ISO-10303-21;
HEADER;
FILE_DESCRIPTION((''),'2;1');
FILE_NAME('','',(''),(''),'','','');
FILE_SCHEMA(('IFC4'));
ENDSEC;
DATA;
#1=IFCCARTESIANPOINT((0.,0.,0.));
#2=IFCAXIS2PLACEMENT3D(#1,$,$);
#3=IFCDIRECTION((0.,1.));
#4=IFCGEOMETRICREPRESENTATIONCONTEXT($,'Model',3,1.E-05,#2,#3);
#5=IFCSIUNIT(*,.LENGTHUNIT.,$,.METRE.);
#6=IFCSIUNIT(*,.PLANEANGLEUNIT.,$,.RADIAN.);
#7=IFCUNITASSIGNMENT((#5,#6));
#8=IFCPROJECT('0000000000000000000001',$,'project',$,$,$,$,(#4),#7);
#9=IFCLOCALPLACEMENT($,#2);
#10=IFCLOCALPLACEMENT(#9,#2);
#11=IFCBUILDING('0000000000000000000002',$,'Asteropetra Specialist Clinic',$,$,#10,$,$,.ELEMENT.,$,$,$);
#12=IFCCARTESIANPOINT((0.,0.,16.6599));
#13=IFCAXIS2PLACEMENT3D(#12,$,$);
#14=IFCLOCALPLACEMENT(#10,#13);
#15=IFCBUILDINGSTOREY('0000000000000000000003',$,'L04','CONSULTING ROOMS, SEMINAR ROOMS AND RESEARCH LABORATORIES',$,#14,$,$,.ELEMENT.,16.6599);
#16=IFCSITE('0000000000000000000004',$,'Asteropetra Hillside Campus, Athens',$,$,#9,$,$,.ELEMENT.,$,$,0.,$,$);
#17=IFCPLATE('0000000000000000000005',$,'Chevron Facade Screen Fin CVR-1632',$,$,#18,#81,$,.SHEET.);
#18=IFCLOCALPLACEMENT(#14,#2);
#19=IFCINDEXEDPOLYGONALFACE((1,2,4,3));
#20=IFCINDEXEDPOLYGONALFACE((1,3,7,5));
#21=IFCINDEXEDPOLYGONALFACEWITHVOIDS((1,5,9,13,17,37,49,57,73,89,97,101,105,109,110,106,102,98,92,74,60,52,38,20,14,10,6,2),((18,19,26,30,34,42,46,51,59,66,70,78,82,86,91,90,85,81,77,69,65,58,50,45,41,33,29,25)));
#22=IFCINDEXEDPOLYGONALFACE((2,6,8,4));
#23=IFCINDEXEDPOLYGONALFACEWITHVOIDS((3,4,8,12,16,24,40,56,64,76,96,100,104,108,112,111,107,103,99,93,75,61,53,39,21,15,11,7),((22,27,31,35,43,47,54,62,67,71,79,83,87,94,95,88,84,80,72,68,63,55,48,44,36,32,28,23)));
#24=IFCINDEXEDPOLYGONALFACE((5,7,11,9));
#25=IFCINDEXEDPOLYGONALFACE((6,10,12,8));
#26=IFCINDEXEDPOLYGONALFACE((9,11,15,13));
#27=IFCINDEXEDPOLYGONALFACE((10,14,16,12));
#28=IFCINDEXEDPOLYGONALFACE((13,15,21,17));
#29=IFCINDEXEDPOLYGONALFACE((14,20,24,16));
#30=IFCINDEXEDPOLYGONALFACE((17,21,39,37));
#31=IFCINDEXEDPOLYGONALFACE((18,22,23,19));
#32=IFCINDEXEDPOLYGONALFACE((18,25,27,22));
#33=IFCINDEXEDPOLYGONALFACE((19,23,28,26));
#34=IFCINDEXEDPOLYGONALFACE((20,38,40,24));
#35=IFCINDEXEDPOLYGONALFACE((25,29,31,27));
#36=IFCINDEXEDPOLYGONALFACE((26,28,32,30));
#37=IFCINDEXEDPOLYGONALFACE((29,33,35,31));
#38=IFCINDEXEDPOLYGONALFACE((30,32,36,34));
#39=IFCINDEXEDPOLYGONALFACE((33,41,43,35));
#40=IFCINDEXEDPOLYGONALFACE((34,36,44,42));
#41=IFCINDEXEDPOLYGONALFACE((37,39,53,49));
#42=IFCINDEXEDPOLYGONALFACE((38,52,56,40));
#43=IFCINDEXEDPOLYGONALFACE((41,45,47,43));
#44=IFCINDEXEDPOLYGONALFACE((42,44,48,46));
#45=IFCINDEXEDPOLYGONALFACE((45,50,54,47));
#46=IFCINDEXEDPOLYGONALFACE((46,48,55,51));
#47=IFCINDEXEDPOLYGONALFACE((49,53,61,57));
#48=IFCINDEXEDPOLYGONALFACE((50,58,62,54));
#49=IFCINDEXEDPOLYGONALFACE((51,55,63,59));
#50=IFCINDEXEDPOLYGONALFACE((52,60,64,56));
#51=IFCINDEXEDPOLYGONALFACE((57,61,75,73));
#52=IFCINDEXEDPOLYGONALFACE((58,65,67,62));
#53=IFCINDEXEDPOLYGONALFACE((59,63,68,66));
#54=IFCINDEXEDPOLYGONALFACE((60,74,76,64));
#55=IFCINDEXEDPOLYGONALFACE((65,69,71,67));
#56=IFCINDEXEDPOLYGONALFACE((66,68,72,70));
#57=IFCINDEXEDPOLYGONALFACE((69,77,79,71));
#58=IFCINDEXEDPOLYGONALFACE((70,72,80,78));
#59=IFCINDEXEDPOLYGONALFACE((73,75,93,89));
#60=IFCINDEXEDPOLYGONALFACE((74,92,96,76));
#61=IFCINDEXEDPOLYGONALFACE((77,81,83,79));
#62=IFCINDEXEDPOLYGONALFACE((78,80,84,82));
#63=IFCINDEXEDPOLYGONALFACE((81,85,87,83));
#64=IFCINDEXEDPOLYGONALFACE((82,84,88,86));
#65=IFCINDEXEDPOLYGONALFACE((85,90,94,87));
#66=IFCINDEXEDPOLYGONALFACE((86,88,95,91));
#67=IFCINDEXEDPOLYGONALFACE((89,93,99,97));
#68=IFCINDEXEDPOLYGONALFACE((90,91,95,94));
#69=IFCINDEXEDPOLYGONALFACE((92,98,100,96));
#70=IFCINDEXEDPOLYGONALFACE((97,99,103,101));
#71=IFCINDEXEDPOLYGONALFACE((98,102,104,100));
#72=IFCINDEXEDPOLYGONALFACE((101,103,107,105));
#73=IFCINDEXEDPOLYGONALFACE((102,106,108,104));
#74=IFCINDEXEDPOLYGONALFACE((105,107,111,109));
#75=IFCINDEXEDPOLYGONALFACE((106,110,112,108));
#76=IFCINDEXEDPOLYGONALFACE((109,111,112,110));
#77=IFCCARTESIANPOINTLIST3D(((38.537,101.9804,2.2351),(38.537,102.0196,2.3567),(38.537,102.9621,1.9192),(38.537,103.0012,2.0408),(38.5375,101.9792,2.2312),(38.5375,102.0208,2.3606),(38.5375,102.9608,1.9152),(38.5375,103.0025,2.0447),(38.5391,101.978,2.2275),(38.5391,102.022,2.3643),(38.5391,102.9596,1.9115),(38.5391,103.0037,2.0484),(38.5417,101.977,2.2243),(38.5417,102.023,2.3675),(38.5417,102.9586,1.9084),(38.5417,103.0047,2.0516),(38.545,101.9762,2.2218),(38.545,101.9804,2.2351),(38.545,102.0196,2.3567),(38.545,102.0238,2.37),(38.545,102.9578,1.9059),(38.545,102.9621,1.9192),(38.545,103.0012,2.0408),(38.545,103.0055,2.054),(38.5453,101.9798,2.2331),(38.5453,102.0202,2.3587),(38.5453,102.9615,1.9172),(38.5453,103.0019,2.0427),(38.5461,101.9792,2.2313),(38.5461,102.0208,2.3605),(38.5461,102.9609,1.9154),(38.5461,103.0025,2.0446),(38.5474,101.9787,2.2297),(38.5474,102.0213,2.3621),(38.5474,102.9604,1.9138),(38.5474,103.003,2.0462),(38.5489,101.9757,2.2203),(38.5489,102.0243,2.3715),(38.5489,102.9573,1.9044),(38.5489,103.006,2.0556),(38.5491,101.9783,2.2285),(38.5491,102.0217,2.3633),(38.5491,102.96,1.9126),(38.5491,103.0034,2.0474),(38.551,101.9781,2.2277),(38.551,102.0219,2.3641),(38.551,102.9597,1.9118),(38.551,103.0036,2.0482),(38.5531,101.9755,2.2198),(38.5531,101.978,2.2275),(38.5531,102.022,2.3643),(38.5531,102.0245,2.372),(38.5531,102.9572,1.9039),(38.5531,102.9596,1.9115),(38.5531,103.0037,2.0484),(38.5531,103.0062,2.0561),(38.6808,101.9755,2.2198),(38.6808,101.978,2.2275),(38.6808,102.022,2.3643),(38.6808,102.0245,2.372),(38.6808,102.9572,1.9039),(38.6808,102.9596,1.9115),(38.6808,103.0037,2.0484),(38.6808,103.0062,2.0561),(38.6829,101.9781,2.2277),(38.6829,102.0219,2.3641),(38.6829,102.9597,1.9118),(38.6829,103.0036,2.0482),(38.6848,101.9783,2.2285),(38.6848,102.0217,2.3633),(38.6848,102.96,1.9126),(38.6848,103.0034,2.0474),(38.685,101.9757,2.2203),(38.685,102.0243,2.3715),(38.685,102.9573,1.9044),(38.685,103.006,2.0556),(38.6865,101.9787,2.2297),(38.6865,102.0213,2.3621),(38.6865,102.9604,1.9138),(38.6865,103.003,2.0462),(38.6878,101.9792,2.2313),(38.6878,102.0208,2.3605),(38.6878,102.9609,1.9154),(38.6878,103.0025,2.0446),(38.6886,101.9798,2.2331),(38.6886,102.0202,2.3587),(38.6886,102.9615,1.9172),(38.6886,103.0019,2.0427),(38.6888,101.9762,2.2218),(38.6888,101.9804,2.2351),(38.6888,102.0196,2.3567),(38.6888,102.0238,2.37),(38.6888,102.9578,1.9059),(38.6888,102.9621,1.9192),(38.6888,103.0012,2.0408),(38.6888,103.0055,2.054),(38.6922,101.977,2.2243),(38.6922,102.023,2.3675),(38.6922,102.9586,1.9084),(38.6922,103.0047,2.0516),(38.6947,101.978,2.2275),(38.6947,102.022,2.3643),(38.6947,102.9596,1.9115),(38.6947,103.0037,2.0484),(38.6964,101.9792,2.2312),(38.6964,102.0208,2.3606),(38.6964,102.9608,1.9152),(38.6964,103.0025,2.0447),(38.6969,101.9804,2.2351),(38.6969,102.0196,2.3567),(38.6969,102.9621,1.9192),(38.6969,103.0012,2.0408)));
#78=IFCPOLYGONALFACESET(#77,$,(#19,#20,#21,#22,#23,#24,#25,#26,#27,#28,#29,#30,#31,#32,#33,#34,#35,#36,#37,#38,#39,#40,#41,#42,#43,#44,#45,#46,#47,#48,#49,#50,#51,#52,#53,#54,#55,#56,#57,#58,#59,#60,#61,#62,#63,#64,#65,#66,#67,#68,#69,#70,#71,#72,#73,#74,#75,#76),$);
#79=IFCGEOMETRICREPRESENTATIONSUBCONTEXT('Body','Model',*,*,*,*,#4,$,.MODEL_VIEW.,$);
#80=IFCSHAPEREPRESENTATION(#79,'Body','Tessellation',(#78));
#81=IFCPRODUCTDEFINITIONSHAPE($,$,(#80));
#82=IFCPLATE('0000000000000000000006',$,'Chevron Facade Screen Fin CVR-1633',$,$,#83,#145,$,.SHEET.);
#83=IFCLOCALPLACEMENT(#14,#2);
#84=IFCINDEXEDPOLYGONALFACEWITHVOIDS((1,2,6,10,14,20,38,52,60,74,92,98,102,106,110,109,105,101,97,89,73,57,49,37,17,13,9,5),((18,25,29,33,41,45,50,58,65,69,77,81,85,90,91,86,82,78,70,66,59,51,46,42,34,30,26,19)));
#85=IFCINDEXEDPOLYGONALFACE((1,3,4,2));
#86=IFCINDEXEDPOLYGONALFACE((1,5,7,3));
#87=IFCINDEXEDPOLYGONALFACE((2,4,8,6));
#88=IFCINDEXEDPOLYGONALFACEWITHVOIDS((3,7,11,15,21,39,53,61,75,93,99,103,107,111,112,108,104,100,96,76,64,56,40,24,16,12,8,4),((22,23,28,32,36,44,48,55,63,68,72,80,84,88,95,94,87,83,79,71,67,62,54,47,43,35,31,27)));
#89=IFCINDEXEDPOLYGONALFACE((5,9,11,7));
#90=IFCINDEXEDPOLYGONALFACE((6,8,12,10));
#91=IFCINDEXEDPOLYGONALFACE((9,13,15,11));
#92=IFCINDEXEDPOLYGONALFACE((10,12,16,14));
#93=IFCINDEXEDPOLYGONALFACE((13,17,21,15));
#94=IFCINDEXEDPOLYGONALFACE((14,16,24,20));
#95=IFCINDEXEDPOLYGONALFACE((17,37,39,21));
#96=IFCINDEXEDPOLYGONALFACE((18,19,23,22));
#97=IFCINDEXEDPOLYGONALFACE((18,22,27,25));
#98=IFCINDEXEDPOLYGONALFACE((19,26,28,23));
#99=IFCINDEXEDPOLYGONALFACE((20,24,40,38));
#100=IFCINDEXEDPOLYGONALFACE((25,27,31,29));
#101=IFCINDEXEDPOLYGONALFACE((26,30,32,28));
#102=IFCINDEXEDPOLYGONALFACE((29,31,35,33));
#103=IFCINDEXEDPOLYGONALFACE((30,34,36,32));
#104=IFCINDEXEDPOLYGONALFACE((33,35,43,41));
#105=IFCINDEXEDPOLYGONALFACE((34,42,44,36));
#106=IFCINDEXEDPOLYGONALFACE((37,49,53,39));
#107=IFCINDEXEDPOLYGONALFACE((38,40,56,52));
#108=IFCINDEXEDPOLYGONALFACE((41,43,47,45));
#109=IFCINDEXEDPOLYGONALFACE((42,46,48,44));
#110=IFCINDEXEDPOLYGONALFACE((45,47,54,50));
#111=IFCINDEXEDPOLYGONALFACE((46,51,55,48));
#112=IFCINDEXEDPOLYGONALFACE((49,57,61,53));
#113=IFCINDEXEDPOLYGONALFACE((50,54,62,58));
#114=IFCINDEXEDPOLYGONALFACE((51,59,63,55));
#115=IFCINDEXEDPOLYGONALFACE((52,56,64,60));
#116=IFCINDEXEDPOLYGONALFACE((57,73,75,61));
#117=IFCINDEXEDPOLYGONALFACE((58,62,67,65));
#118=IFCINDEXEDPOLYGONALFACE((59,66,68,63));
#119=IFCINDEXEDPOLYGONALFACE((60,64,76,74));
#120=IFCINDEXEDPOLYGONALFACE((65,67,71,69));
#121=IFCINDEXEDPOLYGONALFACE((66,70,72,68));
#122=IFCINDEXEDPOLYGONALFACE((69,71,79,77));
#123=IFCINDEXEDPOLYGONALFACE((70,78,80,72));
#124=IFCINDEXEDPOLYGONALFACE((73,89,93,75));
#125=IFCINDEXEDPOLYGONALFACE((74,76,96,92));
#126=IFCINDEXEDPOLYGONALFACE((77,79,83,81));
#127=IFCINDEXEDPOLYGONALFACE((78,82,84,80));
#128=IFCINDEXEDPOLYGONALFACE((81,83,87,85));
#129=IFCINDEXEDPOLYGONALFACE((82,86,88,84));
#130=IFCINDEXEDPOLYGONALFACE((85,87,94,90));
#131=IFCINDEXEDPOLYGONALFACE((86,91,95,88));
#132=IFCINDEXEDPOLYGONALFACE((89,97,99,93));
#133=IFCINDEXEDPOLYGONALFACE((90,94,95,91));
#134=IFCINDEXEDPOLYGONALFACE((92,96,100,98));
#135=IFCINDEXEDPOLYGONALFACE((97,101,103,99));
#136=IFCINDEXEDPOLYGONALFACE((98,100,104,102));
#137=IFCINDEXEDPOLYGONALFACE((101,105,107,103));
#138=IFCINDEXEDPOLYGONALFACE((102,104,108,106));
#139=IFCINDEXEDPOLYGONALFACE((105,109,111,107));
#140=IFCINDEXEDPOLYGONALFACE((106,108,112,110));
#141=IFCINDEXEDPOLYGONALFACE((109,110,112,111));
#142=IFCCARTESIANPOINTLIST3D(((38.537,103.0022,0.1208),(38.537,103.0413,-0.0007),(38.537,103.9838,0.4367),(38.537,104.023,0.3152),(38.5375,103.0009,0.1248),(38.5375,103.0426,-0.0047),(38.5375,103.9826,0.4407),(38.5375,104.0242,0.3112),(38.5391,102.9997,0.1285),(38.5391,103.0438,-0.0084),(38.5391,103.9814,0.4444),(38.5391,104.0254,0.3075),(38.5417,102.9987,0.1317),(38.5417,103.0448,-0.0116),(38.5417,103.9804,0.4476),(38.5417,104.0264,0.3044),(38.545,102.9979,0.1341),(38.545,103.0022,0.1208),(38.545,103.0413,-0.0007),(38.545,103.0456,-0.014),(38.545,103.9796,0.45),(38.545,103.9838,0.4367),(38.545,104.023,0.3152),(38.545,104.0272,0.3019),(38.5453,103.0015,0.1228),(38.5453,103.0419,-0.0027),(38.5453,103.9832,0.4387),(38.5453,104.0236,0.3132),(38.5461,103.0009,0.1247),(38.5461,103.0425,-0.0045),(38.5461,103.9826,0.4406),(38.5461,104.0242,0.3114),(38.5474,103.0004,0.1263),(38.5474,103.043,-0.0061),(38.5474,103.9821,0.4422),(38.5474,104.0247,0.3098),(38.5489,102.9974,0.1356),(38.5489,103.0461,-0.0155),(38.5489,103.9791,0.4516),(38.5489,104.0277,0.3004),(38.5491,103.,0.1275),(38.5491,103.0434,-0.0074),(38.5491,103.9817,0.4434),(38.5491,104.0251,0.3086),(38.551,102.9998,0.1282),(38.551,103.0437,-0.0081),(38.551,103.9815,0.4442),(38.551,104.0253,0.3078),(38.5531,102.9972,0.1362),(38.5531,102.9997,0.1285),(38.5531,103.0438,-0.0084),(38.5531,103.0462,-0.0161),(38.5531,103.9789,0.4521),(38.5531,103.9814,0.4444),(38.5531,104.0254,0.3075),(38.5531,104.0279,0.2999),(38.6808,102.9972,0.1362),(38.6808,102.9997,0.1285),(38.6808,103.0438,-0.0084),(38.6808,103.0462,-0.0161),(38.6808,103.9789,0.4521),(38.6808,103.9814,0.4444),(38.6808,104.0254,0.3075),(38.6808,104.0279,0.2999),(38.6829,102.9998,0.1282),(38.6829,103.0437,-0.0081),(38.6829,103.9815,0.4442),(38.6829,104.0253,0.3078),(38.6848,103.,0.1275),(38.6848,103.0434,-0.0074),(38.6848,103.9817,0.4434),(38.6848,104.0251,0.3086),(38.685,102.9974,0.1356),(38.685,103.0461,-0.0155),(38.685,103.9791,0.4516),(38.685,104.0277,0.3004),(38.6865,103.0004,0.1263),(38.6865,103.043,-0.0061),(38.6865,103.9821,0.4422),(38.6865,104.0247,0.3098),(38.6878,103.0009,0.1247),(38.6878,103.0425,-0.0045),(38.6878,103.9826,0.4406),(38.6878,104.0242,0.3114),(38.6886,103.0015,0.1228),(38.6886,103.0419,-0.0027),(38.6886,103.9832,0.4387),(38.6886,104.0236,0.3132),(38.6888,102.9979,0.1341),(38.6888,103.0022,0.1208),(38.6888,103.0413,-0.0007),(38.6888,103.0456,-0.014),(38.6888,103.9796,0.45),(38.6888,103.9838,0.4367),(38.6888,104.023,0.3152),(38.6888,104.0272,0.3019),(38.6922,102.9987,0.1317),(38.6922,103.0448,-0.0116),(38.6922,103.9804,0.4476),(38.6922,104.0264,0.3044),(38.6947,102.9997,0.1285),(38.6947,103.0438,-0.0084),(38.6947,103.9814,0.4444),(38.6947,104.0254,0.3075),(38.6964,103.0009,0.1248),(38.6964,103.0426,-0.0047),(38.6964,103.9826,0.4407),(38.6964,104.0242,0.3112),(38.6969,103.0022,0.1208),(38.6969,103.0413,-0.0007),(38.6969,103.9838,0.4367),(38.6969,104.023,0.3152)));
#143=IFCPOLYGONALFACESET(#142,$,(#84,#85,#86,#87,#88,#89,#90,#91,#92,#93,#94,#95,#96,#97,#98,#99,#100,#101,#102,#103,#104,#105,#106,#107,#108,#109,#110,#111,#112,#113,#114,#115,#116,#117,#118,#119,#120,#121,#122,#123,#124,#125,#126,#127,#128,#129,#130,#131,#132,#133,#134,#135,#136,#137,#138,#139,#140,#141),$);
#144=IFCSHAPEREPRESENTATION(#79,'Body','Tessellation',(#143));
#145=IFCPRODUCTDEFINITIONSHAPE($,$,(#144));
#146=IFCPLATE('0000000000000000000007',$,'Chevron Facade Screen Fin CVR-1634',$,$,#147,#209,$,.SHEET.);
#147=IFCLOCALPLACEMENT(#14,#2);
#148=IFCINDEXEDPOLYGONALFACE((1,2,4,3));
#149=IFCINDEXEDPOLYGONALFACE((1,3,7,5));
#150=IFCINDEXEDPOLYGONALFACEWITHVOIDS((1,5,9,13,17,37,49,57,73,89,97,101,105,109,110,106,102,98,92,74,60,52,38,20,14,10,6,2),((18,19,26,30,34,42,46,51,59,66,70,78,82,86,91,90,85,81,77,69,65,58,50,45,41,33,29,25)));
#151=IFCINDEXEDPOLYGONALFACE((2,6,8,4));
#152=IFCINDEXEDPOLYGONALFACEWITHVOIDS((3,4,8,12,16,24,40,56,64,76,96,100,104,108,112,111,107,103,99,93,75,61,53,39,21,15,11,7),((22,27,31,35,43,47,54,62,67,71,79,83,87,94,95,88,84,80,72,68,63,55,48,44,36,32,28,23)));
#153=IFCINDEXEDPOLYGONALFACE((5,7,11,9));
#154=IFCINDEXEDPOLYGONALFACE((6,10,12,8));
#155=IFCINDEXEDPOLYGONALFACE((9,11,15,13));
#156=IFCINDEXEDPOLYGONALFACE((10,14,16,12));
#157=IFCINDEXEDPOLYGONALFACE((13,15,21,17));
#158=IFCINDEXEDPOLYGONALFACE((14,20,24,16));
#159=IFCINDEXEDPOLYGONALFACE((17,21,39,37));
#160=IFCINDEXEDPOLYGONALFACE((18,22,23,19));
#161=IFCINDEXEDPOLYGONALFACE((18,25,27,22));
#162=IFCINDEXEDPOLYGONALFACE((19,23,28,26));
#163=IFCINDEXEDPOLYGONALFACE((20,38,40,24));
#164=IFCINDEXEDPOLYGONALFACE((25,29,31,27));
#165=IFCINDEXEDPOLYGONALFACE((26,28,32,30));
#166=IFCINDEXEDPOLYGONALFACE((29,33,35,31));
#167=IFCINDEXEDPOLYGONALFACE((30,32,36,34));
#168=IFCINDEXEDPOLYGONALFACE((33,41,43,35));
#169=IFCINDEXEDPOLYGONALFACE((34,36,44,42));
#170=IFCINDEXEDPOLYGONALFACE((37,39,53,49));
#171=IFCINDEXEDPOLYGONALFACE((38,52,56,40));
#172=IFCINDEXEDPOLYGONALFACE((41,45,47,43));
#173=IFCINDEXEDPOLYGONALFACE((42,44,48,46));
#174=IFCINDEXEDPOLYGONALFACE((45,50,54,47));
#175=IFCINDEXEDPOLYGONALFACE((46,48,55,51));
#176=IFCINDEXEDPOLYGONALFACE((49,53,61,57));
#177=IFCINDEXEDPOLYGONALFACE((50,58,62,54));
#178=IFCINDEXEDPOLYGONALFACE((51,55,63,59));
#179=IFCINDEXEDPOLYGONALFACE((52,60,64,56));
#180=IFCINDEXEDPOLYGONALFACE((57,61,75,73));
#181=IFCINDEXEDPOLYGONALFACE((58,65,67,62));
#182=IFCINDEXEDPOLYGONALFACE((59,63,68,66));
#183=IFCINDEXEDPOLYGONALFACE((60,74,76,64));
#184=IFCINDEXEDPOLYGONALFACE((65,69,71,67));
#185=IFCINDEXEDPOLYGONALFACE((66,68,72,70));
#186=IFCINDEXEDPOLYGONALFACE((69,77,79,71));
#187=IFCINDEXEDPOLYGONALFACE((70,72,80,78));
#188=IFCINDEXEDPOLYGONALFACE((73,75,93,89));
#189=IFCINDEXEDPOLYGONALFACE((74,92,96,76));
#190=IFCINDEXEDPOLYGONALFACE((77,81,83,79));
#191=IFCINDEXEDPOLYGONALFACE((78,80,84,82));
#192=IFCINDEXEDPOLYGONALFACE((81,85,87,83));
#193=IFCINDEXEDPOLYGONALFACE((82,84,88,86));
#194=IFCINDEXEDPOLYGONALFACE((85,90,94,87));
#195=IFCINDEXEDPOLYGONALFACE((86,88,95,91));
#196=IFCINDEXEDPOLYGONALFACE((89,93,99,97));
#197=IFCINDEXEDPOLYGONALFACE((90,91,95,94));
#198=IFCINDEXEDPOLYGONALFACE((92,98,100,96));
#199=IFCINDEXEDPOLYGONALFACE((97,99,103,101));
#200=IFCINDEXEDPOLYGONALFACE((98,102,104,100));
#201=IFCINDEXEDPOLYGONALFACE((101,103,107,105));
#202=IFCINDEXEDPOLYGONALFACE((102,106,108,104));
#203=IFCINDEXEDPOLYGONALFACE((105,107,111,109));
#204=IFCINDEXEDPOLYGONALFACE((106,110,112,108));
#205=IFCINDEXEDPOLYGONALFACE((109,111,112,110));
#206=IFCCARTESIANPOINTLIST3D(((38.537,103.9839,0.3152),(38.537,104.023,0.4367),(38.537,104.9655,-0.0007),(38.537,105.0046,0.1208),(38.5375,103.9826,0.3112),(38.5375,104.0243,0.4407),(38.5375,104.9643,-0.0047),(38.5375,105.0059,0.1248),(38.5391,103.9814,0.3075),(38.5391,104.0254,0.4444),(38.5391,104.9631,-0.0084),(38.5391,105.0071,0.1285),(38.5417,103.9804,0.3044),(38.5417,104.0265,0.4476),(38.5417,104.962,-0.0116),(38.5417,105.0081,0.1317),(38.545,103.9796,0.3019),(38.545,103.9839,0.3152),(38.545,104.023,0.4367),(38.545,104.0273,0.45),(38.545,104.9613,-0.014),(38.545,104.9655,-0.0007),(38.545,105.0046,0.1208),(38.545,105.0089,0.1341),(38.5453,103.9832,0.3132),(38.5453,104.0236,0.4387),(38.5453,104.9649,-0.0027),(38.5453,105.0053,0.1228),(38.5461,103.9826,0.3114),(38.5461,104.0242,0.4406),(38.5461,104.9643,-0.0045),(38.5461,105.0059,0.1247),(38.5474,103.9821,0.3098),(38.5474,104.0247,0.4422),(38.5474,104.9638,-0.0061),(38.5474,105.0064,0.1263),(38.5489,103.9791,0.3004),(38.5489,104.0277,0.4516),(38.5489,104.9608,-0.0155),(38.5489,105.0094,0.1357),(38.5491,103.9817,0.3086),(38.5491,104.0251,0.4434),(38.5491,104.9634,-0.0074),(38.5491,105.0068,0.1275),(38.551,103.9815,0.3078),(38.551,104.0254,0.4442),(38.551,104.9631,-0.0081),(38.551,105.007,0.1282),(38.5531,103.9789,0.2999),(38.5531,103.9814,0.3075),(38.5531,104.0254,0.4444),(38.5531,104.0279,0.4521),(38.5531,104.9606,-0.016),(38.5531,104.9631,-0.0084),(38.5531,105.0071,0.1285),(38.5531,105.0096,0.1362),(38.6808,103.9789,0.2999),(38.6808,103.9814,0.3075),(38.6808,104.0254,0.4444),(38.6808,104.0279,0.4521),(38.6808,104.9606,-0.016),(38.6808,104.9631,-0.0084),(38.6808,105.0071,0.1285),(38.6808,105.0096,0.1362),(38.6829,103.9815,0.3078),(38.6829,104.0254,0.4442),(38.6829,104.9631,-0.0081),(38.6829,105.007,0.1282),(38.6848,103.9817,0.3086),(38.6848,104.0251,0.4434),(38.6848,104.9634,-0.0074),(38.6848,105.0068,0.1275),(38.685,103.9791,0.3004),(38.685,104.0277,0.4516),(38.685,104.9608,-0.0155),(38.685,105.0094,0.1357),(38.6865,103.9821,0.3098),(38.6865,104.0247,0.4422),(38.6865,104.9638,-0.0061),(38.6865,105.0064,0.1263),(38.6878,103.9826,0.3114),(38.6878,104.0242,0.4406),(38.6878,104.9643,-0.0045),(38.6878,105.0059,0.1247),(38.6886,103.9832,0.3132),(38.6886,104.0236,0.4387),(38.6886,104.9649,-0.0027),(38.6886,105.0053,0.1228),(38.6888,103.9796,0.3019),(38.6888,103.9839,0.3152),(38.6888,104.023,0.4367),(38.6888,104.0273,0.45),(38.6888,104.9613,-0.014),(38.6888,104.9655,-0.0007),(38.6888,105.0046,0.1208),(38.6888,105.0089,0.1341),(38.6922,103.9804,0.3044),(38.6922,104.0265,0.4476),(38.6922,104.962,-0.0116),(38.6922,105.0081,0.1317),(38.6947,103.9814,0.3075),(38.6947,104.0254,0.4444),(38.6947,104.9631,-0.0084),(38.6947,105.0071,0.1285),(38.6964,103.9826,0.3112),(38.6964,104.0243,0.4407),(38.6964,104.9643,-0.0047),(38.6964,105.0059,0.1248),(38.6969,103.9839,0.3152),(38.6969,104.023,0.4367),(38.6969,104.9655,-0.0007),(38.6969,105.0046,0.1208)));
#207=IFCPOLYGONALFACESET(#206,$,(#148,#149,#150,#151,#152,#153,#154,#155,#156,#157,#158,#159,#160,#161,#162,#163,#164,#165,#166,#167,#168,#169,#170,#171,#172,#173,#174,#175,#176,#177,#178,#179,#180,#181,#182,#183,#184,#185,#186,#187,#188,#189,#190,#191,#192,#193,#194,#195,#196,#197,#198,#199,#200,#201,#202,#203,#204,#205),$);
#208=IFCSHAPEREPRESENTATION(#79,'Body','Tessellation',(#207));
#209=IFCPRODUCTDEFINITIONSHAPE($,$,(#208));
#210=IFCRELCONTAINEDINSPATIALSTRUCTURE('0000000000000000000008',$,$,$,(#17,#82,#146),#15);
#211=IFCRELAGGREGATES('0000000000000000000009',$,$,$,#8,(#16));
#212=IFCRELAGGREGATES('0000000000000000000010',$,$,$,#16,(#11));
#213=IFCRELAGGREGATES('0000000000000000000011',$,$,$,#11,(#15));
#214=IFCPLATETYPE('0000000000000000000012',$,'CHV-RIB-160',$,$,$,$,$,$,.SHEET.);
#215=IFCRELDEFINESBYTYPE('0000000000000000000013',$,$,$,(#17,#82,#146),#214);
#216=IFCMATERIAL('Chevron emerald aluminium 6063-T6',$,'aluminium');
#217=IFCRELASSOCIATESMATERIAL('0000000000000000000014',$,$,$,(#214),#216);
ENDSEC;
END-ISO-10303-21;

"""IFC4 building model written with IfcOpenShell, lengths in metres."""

from ifc_helpers import new_model, si_unit, direction, frame, origin, origin_2d, place, context, subcontext, project, spatial, hollow_rectangle, extrude, material, material_profile, profile_set, type_object, element, save


model = new_model("IFC4")

# Units and contexts
model_context = context("Model", 3, precision=1e-05, world=origin(), true_north=direction((0.0, 1.0)))
body_context = subcontext(model_context, "Body", "Model", "MODEL_VIEW")
ifc_project = project(units=[si_unit("LENGTHUNIT", "METRE"), si_unit("PLANEANGLEUNIT", "RADIAN")], contexts=[model_context])

# Site, building, storey
site_placement = place(None, origin())
site = spatial("IfcSite", under=ifc_project, at=site_placement, Name="Asteropetra Hillside Campus, Athens", CompositionType="ELEMENT", RefElevation=0.0)
building_placement = place(site_placement, origin())
building = spatial("IfcBuilding", under=site, at=building_placement, Name="Asteropetra Specialist Clinic", CompositionType="ELEMENT")
storey_placement = place(building_placement, frame((0.0, 0.0, 16.6599)))
storey = spatial("IfcBuildingStorey", under=building, at=storey_placement, Name="L04", Description="CONSULTING ROOMS, SEMINAR ROOMS AND RESEARCH LABORATORIES", CompositionType="ELEMENT", Elevation=16.6599)

# Plates
ifc_material_1 = material(Name="Chevron emerald aluminium 6063-T6", Category="aluminium")
ifc_material_profile_1 = material_profile(ifc_material_1, hollow_rectangle(XDim=0.1599, YDim=0.1599, WallThickness=0.0081, InnerFilletRadius=0.0081, OuterFilletRadius=0.0161, at=origin_2d()), Name="SHS 160x160x8.0")
ifc_profile_set_1 = profile_set([ifc_material_profile_1], Name="Chevron emerald aluminium 6063-T6")
plate_type = type_object("IfcPlateType", Name="CHV-RIB-160", PredefinedType="SHEET", material=ifc_profile_set_1)
for number, where, z_axis, x_axis, name in (
    (1, (38.6169, 102.0, 2.2959), (0.0, 0.951923, -0.306339), (-1.0, 0.0, 0.0), "Chevron Facade Screen Fin CVR-1632"),
    (2, (38.6169, 103.0217, 0.0601), (0.0, 0.951923, 0.306339), (-1.0, 0.0, 0.0), "Chevron Facade Screen Fin CVR-1633"),
    (3, (38.6169, 104.0034, 0.376), (0.0, 0.951923, -0.306339), (-1.0, 0.0, 0.0), "Chevron Facade Screen Fin CVR-1634"),
):
    element("IfcPlate", number, at=place(storey_placement, frame(where, z_axis=z_axis, x_axis=x_axis)), inside=storey, type_object=plate_type, Name=name, PredefinedType="SHEET", context=body_context, shape_type="SweptSolid", body=[
        extrude(hollow_rectangle(XDim=0.1599, YDim=0.1599, WallThickness=0.0081, InnerFilletRadius=0.0081, OuterFilletRadius=0.0161, at=origin_2d()), origin(), (0.0, 0.0, 1.0), 1.0312),
    ])

save(model, "model.ifc")
